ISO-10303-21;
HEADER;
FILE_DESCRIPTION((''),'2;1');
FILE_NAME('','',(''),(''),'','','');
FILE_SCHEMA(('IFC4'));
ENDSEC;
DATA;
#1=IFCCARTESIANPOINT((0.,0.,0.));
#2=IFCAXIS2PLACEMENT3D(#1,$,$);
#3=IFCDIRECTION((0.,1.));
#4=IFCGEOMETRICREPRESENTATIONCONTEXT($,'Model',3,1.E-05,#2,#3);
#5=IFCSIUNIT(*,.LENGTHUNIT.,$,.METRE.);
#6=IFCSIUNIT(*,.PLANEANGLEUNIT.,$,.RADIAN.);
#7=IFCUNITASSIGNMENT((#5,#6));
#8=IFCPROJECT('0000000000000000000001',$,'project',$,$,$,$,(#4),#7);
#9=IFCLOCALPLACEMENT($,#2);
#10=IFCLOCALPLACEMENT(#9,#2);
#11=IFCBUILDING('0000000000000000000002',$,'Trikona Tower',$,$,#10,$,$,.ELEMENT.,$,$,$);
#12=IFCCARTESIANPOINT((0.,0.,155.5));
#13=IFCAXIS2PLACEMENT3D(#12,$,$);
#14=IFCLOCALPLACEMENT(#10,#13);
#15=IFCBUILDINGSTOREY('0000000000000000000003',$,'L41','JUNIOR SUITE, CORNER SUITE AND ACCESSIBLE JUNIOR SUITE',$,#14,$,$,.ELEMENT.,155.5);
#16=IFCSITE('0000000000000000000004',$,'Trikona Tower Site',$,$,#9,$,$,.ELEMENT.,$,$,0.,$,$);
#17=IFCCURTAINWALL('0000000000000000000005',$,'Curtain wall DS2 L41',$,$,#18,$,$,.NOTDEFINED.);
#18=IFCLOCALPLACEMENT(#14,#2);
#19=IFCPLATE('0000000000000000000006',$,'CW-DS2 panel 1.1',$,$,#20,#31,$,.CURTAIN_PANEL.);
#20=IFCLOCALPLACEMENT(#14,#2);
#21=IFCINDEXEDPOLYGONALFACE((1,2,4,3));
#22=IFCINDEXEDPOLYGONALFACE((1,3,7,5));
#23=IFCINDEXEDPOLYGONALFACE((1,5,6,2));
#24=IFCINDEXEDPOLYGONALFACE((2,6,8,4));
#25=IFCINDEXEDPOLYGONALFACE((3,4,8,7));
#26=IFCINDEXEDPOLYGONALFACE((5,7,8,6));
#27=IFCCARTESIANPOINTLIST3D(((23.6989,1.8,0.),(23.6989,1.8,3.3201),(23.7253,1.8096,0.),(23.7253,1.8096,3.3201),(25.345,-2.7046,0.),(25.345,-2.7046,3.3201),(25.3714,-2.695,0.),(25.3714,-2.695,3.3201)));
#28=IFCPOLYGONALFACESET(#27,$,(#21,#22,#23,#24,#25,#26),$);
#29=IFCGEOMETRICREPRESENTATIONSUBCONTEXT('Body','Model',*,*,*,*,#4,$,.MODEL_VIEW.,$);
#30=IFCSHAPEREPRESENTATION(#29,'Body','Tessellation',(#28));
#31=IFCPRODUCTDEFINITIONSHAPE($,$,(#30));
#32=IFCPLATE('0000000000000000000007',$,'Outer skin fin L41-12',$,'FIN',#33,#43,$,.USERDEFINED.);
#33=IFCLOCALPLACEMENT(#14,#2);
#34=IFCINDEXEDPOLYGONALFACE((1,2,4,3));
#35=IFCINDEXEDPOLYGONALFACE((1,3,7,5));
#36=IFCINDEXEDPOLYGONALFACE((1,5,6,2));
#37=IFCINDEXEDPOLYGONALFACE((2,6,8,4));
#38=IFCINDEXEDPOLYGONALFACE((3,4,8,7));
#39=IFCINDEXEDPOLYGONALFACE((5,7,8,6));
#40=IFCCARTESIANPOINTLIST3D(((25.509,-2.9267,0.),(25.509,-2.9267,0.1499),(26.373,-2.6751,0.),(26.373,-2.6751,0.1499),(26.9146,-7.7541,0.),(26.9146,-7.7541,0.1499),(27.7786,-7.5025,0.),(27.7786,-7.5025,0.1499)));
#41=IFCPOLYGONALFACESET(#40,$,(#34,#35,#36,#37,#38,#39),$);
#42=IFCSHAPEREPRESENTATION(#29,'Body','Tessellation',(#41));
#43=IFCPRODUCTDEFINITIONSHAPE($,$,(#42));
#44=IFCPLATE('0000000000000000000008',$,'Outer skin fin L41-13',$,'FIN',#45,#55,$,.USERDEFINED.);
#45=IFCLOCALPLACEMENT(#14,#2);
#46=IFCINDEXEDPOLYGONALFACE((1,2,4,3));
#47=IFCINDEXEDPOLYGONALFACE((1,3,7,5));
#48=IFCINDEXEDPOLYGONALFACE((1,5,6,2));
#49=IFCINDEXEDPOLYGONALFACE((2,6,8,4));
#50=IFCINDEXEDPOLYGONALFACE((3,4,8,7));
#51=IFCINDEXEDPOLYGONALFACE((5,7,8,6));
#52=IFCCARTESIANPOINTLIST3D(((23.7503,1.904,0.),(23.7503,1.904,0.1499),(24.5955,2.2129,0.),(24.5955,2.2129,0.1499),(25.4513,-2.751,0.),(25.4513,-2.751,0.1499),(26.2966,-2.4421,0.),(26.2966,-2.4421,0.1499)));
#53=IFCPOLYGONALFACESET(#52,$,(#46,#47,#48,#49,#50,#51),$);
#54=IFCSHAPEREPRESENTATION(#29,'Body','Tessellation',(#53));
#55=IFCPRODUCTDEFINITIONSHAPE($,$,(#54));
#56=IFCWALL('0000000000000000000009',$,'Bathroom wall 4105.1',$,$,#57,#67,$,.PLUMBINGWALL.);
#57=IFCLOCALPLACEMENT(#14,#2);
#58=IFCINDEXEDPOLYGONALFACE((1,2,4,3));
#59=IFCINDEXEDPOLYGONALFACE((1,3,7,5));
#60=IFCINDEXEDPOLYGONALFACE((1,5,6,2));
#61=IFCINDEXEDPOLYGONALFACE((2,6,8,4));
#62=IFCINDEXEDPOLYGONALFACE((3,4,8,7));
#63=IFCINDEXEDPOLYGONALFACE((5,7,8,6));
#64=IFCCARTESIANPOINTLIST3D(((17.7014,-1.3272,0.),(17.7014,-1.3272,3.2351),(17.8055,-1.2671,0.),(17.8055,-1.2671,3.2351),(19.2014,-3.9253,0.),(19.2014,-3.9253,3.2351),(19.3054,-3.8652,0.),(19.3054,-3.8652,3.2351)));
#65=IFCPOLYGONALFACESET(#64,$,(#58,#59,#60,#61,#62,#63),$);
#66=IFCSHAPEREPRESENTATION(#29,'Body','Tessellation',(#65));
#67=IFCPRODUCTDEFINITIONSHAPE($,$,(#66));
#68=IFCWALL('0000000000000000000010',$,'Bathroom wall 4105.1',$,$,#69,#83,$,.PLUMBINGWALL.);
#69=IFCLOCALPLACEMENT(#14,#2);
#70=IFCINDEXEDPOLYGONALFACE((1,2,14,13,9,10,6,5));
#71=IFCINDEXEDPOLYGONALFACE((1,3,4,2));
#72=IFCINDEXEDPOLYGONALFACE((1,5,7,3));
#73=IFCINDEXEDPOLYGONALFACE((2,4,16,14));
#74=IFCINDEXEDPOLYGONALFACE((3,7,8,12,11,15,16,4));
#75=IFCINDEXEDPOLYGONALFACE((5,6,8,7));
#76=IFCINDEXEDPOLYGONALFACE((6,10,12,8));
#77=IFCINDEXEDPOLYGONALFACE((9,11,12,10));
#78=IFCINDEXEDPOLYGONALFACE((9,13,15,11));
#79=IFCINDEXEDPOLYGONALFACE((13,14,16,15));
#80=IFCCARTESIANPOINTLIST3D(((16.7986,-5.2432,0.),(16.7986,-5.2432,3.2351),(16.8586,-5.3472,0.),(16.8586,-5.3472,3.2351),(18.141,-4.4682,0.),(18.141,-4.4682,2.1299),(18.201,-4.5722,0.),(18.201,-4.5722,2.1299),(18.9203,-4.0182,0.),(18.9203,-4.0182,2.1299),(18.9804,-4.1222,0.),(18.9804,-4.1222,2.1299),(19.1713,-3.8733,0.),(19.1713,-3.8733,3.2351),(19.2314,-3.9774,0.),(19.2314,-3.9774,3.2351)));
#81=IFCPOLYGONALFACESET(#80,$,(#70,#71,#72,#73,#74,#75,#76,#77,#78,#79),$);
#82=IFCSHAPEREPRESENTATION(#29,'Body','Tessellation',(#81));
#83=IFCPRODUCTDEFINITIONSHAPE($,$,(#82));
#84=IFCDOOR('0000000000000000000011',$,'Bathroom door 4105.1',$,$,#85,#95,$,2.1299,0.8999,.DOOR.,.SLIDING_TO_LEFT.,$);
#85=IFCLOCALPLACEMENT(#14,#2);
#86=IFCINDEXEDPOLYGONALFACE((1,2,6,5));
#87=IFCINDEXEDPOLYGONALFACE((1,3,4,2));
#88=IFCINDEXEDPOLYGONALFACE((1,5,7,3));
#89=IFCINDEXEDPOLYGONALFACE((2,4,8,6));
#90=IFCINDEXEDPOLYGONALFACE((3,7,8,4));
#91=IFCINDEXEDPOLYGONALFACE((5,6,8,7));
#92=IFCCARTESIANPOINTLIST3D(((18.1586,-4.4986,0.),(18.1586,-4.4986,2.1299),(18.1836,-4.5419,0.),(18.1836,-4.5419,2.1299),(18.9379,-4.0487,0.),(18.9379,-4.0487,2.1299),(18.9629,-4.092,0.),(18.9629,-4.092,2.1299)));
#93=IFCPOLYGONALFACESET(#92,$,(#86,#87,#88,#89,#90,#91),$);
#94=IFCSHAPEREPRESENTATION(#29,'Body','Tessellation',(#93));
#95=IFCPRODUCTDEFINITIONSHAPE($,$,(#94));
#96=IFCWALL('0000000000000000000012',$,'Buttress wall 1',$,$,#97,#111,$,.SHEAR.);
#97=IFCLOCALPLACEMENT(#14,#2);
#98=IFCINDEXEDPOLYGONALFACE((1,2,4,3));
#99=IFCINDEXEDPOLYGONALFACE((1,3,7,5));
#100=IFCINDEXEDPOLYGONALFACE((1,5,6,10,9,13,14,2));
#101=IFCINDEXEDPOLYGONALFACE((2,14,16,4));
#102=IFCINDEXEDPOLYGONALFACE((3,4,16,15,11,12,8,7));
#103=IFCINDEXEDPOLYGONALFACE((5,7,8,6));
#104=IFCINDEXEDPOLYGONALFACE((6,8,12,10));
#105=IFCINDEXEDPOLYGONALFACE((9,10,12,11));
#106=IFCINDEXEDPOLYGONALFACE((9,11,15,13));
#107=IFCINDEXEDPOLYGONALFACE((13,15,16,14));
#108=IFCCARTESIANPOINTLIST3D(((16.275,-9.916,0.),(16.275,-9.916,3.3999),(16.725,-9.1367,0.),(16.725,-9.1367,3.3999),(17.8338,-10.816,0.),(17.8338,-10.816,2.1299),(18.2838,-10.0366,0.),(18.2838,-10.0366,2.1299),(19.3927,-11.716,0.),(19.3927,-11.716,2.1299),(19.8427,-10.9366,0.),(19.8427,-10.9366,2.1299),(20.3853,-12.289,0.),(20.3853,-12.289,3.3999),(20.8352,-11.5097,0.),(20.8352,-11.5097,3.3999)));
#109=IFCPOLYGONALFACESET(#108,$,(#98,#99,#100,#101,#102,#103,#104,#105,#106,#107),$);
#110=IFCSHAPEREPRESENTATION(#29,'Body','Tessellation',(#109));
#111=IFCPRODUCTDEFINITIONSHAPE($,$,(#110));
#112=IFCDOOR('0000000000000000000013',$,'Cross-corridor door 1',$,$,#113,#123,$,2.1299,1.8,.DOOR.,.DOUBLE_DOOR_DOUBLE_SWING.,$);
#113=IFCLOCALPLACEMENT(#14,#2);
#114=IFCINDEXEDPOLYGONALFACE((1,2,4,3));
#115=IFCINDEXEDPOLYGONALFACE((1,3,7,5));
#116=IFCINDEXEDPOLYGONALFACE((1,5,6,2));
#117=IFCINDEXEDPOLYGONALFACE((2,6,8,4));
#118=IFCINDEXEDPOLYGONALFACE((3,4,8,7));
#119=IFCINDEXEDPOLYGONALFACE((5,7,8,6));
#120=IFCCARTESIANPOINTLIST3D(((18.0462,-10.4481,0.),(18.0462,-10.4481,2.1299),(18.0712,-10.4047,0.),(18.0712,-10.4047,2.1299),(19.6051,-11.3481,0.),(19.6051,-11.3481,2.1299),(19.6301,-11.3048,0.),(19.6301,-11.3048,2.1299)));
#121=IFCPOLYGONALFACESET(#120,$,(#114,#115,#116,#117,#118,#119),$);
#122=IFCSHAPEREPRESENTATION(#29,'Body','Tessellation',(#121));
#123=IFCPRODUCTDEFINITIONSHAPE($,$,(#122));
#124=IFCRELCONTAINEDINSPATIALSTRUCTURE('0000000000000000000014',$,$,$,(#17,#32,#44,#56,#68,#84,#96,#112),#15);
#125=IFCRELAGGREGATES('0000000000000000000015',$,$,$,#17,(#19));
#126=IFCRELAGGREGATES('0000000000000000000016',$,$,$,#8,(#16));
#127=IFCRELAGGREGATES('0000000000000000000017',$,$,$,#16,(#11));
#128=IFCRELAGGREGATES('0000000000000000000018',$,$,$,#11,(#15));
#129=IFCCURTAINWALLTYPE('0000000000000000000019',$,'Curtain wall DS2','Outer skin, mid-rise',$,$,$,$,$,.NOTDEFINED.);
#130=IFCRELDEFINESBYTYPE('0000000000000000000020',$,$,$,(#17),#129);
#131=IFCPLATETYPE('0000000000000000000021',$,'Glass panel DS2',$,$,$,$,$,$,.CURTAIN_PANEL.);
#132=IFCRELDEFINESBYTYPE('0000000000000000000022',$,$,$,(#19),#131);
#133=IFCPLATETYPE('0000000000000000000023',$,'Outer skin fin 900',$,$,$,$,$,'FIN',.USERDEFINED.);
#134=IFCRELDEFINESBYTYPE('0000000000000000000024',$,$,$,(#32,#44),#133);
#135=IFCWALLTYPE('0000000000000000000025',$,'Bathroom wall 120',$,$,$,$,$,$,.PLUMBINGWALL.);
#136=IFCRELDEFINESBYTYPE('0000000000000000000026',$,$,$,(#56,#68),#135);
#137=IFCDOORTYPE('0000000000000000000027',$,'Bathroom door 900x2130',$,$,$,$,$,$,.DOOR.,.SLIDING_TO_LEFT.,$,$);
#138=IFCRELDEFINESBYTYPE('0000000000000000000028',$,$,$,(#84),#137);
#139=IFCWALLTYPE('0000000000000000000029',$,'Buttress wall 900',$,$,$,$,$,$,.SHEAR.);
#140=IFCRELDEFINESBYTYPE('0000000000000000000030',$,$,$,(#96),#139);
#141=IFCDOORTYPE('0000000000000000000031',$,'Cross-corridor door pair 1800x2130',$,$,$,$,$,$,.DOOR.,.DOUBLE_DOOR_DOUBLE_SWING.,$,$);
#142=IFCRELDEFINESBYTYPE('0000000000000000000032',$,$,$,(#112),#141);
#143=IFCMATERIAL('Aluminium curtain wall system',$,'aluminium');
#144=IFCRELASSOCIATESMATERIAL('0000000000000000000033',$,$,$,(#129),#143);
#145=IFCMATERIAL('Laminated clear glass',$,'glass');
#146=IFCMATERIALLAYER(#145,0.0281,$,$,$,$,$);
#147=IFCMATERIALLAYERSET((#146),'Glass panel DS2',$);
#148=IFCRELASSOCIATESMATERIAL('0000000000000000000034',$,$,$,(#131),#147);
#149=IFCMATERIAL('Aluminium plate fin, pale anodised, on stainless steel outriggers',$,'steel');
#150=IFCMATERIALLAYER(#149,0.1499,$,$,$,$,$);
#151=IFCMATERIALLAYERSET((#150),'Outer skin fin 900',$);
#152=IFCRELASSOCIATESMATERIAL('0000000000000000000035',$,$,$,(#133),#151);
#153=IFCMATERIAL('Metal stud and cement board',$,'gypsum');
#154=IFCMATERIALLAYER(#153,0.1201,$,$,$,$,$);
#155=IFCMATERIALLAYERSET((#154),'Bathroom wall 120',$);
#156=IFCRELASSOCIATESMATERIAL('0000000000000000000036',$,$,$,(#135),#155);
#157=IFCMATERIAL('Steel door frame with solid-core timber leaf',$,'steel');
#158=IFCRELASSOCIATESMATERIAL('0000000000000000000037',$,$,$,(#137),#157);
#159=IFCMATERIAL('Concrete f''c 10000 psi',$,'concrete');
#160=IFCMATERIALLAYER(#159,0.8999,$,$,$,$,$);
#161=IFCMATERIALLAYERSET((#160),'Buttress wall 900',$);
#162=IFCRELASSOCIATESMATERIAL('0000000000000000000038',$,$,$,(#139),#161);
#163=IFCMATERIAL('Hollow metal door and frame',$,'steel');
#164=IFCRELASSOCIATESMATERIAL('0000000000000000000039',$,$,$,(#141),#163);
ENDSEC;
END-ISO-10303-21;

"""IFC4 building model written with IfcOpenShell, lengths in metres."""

from ifc_helpers import new_model, si_unit, direction, frame, frame_2d, origin, origin_2d, place, context, subcontext, project, spatial, rectangle, extrude, material, layer, layer_set, type_object, element, fill, aggregate, save


model = new_model("IFC4")

# Units and contexts
model_context = context("Model", 3, precision=1e-05, world=origin(), true_north=direction((0.0, 1.0)))
body_context = subcontext(model_context, "Body", "Model", "MODEL_VIEW")
ifc_project = project(units=[si_unit("LENGTHUNIT", "METRE"), si_unit("PLANEANGLEUNIT", "RADIAN")], contexts=[model_context])

# Site, building, storey
site_placement = place(None, origin())
site = spatial("IfcSite", under=ifc_project, at=site_placement, Name="Trikona Tower Site", CompositionType="ELEMENT", RefElevation=0.0)
building_placement = place(site_placement, origin())
building = spatial("IfcBuilding", under=site, at=building_placement, Name="Trikona Tower", CompositionType="ELEMENT")
storey_placement = place(building_placement, frame((0.0, 0.0, 155.5)))
storey = spatial("IfcBuildingStorey", under=building, at=storey_placement, Name="L41", Description="JUNIOR SUITE, CORNER SUITE AND ACCESSIBLE JUNIOR SUITE", CompositionType="ELEMENT", Elevation=155.5)

# Shared definitions
ifc_material_1 = material(Name="Aluminium curtain wall system", Category="aluminium")
curtain_wall_type = type_object("IfcCurtainWallType", Name="Curtain wall DS2", Description="Outer skin, mid-rise", PredefinedType="NOTDEFINED", material=ifc_material_1)

# Curtain wall
curtain_wall_1_placement = place(storey_placement, origin())
curtain_wall_1 = element("IfcCurtainWall", 1, at=curtain_wall_1_placement, inside=storey, type_object=curtain_wall_type, Name="Curtain wall DS2 L41", PredefinedType="NOTDEFINED")

# Plate
ifc_material_2 = material(Name="Laminated clear glass", Category="glass")
ifc_layer_1 = layer(ifc_material_2, 0.0281)
ifc_layer_set_1 = layer_set([ifc_layer_1], Name="Glass panel DS2")
plate_type_1 = type_object("IfcPlateType", Name="Glass panel DS2", PredefinedType="CURTAIN_PANEL", material=ifc_layer_set_1)
plate_1_placement = place(storey_placement, frame((24.5352, -0.4475, 0.0), z_axis=(0.0, 0.0, 1.0), x_axis=(-0.343223, 0.939254, 0.0)))
plate_1 = element("IfcPlate", 2, at=plate_1_placement, type_object=plate_type_1, Name="CW-DS2 panel 1.1", PredefinedType="CURTAIN_PANEL", context=body_context, shape_type="SweptSolid", body=[
    extrude(rectangle(XDim=4.7959, YDim=0.0281, at=origin_2d()), origin(), (0.0, 0.0, 1.0), 3.3201),
])
aggregate(curtain_wall_1, [plate_1])

# Plates
ifc_material_3 = material(Name="Aluminium plate fin, pale anodised, on stainless steel outriggers", Category="steel")
ifc_layer_2 = layer(ifc_material_3, 0.1499)
ifc_layer_set_2 = layer_set([ifc_layer_2], Name="Outer skin fin 900")
plate_type_2 = type_object("IfcPlateType", Name="Outer skin fin 900", ElementType="FIN", PredefinedType="USERDEFINED", material=ifc_layer_set_2)
plate_2_placement = place(storey_placement, frame((26.6438, -5.2146, 0.0), z_axis=(0.0, 0.0, 1.0), x_axis=(-0.279554, 0.96013, 0.0)))
element("IfcPlate", 3, at=plate_2_placement, inside=storey, type_object=plate_type_2, Name="Outer skin fin L41-12", ObjectType="FIN", PredefinedType="USERDEFINED", context=body_context, shape_type="SweptSolid", body=[
    extrude(rectangle(XDim=5.0278, YDim=0.8999, at=origin_2d()), origin(), (0.0, 0.0, 1.0), 0.1499),
])
plate_3_placement = place(storey_placement, frame((25.0234, -0.269, 0.0), z_axis=(0.0, 0.0, 1.0), x_axis=(-0.34322, 0.939255, 0.0)))
element("IfcPlate", 4, at=plate_3_placement, inside=storey, type_object=plate_type_2, Name="Outer skin fin L41-13", ObjectType="FIN", PredefinedType="USERDEFINED", context=body_context, shape_type="SweptSolid", body=[
    extrude(rectangle(XDim=4.9561, YDim=0.8999, at=origin_2d()), origin(), (0.0, 0.0, 1.0), 0.1499),
])

# Wall
ifc_material_4 = material(Name="Metal stud and cement board", Category="gypsum")
ifc_layer_3 = layer(ifc_material_4, 0.1201)
ifc_layer_set_3 = layer_set([ifc_layer_3], Name="Bathroom wall 120")
wall_type_1 = type_object("IfcWallType", Name="Bathroom wall 120", PredefinedType="PLUMBINGWALL", material=ifc_layer_set_3)
wall_1_placement = place(storey_placement, frame((19.2534, -3.8953, 0.0), z_axis=(0.0, 0.0, 1.0), x_axis=(-0.49999, 0.866031, 0.0)))
element("IfcWall", 5, at=wall_1_placement, inside=storey, type_object=wall_type_1, Name="Bathroom wall 4105.1", PredefinedType="PLUMBINGWALL", context=body_context, shape_type="SweptSolid", body=[
    extrude(rectangle(XDim=3.0, YDim=0.1201, at=frame_2d((1.5, 0.0))), origin(), (0.0, 0.0, 1.0), 3.2351),
])

# Walls, openings, doors
wall_2_placement = place(storey_placement, frame((16.8286, -5.2952, 0.0), z_axis=(0.0, 0.0, 1.0), x_axis=(0.866036, 0.499982, 0.0)))
wall_2 = element("IfcWall", 6, at=wall_2_placement, inside=storey, type_object=wall_type_1, Name="Bathroom wall 4105.1", PredefinedType="PLUMBINGWALL", context=body_context, shape_type="SweptSolid", body=[
    extrude(rectangle(XDim=2.7397, YDim=0.1201, at=frame_2d((1.3699, 0.0))), origin(), (0.0, 0.0, 1.0), 3.2351),
])
opening_1_placement = place(wall_2_placement, frame((1.55, 0.0, 0.0)))
opening_1 = element("IfcOpeningElement", 7, at=opening_1_placement, cuts=wall_2, PredefinedType="OPENING", context=body_context, shape_type="SweptSolid", body=[
    extrude(rectangle(XDim=0.8999, YDim=2.1299, at=frame_2d((0.45, 1.0649))), frame((0.0, 0.0701, 0.0), z_axis=(0.0, -1.0, 0.0), x_axis=(1.0, 0.0, 0.0)), (0.0, 0.0, 1.0), 0.1401),
])
ifc_material_5 = material(Name="Steel door frame with solid-core timber leaf", Category="steel")
door_type_1 = type_object("IfcDoorType", Name="Bathroom door 900x2130", OperationType="SLIDING_TO_LEFT", PredefinedType="DOOR", material=ifc_material_5)
door_1_placement = place(opening_1_placement, origin())
door_1 = element("IfcDoor", 8, at=door_1_placement, inside=storey, type_object=door_type_1, Name="Bathroom door 4105.1", OperationType="SLIDING_TO_LEFT", OverallHeight=2.1299, OverallWidth=0.8999, PredefinedType="DOOR", context=body_context, shape_type="SweptSolid", body=[
    extrude(rectangle(XDim=0.8999, YDim=2.1299, at=frame_2d((0.45, 1.0649))), frame((0.0, 0.0249, 0.0), z_axis=(0.0, -1.0, 0.0), x_axis=(1.0, 0.0, 0.0)), (0.0, 0.0, 1.0), 0.05),
])
fill(opening_1, door_1)
ifc_material_6 = material(Name="Concrete f'c 10000 psi", Category="concrete")
ifc_layer_4 = layer(ifc_material_6, 0.8999)
ifc_layer_set_4 = layer_set([ifc_layer_4], Name="Buttress wall 900")
wall_type_2 = type_object("IfcWallType", Name="Buttress wall 900", PredefinedType="SHEAR", material=ifc_layer_set_4)
wall_3_placement = place(storey_placement, frame((16.5, -9.5264, 0.0), z_axis=(0.0, 0.0, 1.0), x_axis=(0.866031, -0.49999, 0.0)))
wall_3 = element("IfcWall", 9, at=wall_3_placement, inside=storey, type_object=wall_type_2, Name="Buttress wall 1", PredefinedType="SHEAR", context=body_context, shape_type="SweptSolid", body=[
    extrude(rectangle(XDim=4.7461, YDim=0.8999, at=frame_2d((2.373, 0.0))), origin(), (0.0, 0.0, 1.0), 3.3999),
])
opening_2_placement = place(wall_3_placement, frame((1.8, 0.0, 0.0)))
opening_2 = element("IfcOpeningElement", 10, at=opening_2_placement, cuts=wall_3, PredefinedType="OPENING", context=body_context, shape_type="SweptSolid", body=[
    extrude(rectangle(XDim=1.8, YDim=2.1299, at=frame_2d((0.8999, 1.0649))), frame((0.0, 0.46, 0.0), z_axis=(0.0, -1.0, 0.0), x_axis=(1.0, 0.0, 0.0)), (0.0, 0.0, 1.0), 0.9199),
])
ifc_material_7 = material(Name="Hollow metal door and frame", Category="steel")
door_type_2 = type_object("IfcDoorType", Name="Cross-corridor door pair 1800x2130", OperationType="DOUBLE_DOOR_DOUBLE_SWING", PredefinedType="DOOR", material=ifc_material_7)
door_2_placement = place(opening_2_placement, origin())
door_2 = element("IfcDoor", 11, at=door_2_placement, inside=storey, type_object=door_type_2, Name="Cross-corridor door 1", OperationType="DOUBLE_DOOR_DOUBLE_SWING", OverallHeight=2.1299, OverallWidth=1.8, PredefinedType="DOOR", context=body_context, shape_type="SweptSolid", body=[
    extrude(rectangle(XDim=1.8, YDim=2.1299, at=frame_2d((0.8999, 1.0649))), frame((0.0, 0.0249, 0.0), z_axis=(0.0, -1.0, 0.0), x_axis=(1.0, 0.0, 0.0)), (0.0, 0.0, 1.0), 0.05),
])
fill(opening_2, door_2)

save(model, "model.ifc")
